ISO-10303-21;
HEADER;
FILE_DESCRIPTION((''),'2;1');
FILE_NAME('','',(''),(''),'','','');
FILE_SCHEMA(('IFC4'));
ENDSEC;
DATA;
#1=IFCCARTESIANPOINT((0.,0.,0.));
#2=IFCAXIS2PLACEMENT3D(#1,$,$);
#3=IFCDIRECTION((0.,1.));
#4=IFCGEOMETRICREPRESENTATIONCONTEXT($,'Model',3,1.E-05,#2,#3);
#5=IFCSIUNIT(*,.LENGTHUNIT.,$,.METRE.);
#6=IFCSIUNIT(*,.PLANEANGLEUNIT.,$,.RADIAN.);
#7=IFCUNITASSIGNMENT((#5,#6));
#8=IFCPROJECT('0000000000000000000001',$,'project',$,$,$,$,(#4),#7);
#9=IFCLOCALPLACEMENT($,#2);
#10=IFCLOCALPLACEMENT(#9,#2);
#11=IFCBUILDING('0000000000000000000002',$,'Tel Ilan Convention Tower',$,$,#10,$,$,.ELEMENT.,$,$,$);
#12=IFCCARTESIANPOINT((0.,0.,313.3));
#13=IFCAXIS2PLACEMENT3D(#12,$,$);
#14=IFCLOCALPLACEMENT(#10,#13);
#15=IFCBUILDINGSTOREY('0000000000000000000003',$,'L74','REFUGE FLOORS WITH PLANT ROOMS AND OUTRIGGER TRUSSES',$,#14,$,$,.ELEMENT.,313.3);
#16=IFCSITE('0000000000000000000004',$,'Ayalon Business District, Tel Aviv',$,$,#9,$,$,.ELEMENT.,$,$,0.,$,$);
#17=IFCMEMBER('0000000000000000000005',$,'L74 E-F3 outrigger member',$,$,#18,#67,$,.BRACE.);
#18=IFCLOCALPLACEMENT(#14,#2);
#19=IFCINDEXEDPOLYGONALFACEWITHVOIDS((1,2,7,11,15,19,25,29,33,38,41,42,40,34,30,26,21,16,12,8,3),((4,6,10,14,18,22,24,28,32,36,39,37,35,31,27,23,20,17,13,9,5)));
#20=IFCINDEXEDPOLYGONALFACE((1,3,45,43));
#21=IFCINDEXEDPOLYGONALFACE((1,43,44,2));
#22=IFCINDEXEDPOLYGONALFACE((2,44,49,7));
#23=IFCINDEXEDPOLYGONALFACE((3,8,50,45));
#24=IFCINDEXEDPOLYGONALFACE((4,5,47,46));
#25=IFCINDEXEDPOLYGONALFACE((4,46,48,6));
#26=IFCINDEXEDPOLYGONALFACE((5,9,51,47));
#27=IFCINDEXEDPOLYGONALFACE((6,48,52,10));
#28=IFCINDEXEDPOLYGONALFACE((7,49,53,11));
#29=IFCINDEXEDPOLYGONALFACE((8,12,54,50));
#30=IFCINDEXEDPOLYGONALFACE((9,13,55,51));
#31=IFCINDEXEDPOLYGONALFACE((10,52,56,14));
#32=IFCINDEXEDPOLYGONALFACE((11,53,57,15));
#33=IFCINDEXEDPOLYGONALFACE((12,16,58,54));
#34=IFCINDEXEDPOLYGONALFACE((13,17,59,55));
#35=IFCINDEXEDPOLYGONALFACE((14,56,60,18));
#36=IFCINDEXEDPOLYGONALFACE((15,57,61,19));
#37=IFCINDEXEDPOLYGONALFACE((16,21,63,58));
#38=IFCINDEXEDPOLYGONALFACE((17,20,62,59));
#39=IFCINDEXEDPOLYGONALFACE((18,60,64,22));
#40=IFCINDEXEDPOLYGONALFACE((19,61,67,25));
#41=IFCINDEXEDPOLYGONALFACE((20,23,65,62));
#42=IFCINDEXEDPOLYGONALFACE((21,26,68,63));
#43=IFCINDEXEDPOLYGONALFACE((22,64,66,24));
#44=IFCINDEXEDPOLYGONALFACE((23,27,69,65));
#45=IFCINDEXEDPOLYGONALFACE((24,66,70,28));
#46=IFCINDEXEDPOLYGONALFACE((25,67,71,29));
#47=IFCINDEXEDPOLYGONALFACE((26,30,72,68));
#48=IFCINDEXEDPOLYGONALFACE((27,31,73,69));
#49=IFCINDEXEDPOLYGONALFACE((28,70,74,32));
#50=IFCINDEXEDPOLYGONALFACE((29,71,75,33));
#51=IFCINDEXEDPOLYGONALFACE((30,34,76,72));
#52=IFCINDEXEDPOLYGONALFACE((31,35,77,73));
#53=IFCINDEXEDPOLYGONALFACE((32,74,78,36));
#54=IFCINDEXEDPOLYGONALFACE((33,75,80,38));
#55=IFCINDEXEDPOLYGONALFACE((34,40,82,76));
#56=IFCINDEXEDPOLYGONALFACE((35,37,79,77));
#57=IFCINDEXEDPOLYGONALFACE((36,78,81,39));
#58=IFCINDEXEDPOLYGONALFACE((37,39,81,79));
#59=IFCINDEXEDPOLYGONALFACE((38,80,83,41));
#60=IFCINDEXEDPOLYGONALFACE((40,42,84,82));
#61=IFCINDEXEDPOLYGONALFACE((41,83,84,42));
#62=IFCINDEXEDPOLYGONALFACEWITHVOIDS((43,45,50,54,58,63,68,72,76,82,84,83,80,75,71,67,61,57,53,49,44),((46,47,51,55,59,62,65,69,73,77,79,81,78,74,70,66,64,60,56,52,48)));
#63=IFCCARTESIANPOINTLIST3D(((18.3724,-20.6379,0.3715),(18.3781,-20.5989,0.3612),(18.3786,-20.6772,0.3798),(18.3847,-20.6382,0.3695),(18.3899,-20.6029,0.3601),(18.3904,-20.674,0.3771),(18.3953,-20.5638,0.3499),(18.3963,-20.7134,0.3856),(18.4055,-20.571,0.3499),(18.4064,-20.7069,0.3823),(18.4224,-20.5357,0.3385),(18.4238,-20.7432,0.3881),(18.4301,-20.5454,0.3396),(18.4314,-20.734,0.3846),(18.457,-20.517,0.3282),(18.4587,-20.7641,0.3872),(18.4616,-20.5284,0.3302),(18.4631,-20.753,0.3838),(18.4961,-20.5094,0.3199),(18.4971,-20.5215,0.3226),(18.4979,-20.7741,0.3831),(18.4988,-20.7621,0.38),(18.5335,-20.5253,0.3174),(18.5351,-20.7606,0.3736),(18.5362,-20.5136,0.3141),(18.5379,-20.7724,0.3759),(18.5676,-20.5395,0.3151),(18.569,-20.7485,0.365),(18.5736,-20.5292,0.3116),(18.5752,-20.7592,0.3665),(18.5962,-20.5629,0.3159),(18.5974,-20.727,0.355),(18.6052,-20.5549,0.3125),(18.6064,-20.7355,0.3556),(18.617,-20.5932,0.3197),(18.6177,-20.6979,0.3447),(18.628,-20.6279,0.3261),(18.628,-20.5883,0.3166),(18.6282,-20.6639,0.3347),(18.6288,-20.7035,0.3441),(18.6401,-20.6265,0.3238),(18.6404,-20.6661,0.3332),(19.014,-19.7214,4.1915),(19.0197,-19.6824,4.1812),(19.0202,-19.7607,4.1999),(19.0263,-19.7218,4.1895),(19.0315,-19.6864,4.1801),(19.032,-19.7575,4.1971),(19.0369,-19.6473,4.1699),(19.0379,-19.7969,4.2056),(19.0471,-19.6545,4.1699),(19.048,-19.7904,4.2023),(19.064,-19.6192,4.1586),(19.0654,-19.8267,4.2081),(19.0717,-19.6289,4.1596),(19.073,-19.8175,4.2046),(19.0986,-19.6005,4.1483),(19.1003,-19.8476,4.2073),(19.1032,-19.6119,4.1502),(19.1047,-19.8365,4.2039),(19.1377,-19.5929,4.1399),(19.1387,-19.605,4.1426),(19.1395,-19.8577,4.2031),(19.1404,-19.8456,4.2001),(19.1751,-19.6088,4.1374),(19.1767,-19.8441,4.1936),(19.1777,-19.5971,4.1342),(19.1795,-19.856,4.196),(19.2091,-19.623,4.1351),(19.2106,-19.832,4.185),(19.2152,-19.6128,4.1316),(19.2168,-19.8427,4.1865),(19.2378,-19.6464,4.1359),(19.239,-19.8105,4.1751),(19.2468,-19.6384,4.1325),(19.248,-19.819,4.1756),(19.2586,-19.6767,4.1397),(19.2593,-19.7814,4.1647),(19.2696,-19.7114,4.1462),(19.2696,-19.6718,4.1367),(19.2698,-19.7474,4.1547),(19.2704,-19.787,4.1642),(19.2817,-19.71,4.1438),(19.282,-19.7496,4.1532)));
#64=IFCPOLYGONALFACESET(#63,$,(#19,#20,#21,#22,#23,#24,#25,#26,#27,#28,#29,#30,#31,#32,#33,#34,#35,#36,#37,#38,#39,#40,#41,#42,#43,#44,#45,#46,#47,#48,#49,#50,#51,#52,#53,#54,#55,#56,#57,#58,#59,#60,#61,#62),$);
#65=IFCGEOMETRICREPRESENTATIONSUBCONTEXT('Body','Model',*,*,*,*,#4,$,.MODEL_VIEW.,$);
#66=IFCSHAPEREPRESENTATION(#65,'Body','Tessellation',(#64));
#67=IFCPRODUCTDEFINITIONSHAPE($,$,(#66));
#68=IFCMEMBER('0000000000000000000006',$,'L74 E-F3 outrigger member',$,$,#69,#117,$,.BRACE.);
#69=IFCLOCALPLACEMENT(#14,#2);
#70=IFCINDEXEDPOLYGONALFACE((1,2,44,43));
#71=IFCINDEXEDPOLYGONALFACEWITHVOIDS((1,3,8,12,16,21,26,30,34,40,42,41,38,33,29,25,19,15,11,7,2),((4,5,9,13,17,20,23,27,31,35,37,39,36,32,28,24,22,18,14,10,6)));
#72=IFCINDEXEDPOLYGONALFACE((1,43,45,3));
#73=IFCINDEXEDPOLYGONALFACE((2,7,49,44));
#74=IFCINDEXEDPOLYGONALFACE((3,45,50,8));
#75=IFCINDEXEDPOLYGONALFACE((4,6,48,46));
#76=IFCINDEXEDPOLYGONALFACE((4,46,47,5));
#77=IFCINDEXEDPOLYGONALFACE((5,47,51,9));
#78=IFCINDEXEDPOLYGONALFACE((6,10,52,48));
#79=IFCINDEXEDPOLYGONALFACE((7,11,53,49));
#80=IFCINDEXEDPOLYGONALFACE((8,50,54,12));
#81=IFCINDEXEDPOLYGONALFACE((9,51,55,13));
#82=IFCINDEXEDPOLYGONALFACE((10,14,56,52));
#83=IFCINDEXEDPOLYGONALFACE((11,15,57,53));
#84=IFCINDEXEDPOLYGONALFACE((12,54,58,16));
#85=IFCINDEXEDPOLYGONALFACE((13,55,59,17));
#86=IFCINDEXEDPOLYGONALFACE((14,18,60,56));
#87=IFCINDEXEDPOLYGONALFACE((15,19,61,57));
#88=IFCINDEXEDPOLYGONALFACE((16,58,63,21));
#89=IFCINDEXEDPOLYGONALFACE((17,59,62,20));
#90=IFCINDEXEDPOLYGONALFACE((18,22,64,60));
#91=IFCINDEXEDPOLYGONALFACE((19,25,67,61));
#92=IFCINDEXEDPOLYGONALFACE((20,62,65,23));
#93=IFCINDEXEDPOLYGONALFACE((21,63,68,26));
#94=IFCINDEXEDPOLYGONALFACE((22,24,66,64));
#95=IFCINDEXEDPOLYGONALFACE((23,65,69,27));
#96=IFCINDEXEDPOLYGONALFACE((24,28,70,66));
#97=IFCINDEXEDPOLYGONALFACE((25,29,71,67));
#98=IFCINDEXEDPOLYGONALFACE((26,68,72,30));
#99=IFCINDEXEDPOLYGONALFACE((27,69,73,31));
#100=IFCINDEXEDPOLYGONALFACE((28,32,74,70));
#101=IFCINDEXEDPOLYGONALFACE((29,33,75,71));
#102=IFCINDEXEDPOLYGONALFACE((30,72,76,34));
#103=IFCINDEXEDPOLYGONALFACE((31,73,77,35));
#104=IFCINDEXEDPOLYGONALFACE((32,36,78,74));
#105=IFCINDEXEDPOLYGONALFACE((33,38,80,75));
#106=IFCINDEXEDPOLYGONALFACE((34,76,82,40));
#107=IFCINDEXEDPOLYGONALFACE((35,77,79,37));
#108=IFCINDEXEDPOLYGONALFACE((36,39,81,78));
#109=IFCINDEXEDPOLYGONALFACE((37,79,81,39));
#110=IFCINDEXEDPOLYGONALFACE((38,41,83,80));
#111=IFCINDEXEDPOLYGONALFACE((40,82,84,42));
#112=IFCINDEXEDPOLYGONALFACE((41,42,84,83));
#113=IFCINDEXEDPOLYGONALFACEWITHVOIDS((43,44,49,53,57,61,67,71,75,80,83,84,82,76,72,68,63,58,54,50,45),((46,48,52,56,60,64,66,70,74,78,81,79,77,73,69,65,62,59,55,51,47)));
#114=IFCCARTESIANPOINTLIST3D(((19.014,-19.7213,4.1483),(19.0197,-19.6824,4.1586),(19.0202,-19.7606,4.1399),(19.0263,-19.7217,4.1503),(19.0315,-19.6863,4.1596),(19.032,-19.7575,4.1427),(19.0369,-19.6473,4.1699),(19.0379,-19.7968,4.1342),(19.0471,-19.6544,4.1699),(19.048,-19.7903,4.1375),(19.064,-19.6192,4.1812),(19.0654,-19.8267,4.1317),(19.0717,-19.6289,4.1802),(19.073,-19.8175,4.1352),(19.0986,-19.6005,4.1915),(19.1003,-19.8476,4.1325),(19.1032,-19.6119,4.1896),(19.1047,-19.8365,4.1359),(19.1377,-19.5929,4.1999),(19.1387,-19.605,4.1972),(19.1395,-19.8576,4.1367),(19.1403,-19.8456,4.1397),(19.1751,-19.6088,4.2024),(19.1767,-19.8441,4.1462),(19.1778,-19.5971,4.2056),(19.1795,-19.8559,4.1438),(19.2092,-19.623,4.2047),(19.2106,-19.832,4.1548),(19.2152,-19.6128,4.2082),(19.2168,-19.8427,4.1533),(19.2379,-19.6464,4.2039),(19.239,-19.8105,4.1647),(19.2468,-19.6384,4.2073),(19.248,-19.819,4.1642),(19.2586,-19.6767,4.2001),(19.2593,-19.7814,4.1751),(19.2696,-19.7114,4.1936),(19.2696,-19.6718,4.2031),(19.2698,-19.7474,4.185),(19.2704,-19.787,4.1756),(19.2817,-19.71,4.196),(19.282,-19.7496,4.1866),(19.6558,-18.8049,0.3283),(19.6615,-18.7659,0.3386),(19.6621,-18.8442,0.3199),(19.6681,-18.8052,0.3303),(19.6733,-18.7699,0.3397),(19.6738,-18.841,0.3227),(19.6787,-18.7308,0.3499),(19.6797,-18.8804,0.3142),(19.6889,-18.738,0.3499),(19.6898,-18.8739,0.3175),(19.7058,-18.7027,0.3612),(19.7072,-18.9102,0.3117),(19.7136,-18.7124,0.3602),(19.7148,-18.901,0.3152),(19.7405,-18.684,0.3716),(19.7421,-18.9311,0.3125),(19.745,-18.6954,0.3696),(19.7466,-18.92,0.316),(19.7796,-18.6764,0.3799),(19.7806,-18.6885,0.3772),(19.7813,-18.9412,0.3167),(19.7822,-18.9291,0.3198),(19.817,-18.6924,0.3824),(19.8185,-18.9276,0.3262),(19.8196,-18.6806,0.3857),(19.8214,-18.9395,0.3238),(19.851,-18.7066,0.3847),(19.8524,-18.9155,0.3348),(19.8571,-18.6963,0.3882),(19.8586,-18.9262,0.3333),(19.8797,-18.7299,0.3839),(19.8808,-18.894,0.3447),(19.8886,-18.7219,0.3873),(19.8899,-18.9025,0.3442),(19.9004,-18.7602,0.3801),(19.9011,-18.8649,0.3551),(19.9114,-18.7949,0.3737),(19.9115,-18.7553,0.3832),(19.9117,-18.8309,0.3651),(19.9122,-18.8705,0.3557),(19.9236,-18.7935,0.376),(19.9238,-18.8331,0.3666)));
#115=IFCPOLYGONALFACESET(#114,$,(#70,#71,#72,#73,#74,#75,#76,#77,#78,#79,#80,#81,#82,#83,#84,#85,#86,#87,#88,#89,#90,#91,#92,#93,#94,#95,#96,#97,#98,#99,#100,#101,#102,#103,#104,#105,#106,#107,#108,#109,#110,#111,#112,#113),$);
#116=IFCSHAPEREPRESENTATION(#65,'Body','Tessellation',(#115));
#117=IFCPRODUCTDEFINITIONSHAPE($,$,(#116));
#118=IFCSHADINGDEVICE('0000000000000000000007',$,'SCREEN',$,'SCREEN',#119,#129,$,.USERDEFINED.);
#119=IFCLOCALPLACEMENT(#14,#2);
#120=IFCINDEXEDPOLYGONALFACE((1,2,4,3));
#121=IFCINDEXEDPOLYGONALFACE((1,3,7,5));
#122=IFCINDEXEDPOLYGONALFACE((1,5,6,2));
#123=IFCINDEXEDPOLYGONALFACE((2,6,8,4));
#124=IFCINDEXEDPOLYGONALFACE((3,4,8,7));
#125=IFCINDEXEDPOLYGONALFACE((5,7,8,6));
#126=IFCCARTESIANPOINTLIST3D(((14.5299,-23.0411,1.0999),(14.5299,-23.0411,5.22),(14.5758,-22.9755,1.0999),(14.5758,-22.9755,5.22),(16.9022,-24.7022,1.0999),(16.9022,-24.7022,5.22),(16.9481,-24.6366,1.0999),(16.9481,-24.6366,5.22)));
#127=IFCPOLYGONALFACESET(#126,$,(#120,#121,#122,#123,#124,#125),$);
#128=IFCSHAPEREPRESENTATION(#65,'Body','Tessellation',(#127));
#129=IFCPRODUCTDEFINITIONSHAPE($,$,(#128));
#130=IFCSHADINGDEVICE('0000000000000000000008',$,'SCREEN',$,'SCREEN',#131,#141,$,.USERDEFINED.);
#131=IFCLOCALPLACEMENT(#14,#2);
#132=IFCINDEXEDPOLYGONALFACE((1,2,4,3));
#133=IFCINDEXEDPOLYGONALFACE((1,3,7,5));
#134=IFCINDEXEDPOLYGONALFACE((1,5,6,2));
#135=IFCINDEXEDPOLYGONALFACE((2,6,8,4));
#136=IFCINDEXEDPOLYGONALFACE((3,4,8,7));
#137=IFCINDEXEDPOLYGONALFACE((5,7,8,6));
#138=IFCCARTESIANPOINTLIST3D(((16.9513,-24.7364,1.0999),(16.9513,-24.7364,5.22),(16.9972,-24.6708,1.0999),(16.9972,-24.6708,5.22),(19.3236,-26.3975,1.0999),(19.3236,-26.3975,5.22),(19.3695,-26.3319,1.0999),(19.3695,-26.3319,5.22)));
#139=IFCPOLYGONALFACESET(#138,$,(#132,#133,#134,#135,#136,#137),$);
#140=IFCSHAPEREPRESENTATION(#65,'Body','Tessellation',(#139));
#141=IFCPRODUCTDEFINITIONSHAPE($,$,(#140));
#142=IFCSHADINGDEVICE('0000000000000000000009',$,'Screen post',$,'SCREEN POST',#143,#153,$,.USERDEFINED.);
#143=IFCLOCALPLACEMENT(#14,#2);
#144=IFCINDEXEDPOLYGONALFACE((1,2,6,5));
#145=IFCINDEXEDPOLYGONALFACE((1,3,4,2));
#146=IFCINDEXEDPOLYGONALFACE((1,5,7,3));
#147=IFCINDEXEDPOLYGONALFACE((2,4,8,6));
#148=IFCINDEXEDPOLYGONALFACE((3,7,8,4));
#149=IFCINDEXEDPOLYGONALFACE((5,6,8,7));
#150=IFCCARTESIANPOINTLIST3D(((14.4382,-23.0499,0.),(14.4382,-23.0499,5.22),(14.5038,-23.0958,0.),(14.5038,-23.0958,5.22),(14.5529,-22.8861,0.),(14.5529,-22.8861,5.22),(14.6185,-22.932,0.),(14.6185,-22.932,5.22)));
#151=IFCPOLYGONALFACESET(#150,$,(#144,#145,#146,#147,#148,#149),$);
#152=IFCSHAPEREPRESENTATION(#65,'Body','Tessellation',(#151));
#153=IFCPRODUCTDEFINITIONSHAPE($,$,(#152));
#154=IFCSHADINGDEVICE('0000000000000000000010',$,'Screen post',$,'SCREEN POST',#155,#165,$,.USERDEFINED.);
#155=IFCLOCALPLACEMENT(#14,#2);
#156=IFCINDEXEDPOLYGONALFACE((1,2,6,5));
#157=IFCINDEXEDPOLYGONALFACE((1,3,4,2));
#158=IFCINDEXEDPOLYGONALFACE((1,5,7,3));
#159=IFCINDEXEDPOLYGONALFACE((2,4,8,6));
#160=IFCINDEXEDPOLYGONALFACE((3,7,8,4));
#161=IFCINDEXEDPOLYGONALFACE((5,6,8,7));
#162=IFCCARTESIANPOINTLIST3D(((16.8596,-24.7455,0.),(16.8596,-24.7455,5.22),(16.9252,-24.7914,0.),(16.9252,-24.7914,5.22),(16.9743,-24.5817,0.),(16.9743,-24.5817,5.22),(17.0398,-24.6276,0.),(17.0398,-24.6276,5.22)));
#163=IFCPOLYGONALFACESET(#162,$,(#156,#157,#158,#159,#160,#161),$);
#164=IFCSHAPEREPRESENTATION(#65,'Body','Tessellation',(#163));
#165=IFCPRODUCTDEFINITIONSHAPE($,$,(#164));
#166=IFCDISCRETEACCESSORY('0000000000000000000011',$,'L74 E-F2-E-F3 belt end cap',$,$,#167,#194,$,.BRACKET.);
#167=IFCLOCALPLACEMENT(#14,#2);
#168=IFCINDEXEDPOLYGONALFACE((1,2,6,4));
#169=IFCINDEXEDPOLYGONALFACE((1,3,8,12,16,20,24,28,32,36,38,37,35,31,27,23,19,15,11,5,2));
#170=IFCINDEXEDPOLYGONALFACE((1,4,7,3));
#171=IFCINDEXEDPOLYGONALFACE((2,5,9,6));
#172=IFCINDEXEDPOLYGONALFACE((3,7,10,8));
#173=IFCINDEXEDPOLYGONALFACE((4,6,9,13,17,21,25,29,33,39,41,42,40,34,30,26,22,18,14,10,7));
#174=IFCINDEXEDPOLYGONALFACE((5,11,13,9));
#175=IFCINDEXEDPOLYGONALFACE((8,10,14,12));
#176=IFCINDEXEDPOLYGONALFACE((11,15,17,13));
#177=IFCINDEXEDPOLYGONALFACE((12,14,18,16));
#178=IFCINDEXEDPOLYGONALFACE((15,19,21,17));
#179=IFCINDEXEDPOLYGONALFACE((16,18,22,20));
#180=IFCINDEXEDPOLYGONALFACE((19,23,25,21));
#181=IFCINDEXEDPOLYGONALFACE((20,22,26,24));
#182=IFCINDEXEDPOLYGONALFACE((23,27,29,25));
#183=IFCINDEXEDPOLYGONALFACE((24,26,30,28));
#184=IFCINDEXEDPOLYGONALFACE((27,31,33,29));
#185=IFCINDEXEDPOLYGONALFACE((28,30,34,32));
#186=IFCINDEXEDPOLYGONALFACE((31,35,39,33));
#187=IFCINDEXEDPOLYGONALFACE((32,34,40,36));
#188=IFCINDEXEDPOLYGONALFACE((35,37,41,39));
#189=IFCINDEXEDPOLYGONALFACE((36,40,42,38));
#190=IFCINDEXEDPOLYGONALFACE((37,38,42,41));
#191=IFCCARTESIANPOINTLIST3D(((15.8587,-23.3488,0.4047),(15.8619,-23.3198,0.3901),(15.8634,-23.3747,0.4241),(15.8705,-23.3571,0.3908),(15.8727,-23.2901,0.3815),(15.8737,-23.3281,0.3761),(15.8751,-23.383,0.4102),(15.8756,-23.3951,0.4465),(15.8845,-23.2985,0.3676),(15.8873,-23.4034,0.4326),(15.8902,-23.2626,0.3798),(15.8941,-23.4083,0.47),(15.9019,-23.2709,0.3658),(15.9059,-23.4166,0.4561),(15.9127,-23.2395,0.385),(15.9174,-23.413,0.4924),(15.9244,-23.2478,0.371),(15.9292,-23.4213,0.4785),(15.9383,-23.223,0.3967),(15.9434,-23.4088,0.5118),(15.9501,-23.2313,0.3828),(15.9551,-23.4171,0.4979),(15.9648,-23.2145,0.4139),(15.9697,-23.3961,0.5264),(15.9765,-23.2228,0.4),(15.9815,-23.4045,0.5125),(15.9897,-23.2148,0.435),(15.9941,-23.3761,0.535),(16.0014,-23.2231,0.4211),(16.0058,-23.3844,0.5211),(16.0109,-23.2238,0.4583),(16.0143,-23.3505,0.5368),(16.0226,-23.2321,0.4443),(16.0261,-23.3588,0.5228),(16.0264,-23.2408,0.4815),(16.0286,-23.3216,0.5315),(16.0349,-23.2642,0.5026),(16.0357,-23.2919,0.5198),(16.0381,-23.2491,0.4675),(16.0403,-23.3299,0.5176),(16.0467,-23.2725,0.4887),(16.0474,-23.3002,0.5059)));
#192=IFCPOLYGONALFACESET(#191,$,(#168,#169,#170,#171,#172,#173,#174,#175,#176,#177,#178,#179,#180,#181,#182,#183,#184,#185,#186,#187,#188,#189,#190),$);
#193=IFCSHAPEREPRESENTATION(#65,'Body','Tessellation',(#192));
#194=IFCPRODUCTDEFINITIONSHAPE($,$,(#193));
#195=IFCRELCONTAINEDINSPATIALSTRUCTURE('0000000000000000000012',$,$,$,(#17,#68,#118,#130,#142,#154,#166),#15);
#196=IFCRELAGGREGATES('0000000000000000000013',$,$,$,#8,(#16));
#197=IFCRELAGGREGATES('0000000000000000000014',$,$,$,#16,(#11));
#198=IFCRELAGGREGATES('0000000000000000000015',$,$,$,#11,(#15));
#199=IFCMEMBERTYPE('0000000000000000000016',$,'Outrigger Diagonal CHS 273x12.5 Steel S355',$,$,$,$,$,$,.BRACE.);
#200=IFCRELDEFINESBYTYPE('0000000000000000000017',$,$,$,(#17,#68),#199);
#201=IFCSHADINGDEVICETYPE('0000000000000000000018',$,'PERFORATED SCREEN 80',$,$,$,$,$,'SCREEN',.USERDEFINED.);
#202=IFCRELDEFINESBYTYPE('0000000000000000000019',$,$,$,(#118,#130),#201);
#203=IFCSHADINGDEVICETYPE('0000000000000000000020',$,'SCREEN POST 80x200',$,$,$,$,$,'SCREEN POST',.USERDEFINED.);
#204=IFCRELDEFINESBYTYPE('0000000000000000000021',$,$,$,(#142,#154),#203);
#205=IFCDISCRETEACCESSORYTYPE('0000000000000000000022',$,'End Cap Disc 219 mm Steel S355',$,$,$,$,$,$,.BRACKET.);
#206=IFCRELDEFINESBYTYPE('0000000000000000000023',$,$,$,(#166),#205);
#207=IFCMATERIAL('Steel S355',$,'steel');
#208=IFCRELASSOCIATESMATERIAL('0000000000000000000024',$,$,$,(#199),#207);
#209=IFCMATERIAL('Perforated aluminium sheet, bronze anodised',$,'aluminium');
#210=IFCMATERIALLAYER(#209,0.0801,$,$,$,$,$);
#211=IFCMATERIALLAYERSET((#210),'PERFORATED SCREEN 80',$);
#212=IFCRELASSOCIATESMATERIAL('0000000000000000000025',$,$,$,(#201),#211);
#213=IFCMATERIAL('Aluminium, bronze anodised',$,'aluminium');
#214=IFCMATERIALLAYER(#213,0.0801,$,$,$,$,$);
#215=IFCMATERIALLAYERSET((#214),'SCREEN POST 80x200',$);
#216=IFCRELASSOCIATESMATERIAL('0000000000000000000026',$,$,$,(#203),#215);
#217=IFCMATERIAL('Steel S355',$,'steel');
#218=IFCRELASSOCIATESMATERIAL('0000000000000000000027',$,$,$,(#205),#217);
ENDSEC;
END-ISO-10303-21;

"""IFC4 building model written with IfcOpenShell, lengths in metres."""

from ifc_helpers import new_model, si_unit, direction, frame, origin, origin_2d, place, context, subcontext, project, spatial, rectangle, circle, hollow_circle, extrude, material, layer, layer_set, material_profile, profile_set, type_object, element, save


model = new_model("IFC4")

# Units and contexts
model_context = context("Model", 3, precision=1e-05, world=origin(), true_north=direction((0.0, 1.0)))
body_context = subcontext(model_context, "Body", "Model", "MODEL_VIEW")
ifc_project = project(units=[si_unit("LENGTHUNIT", "METRE"), si_unit("PLANEANGLEUNIT", "RADIAN")], contexts=[model_context])

# Site, building, storey
site_placement = place(None, origin())
site = spatial("IfcSite", under=ifc_project, at=site_placement, Name="Ayalon Business District, Tel Aviv", CompositionType="ELEMENT", RefElevation=0.0)
building_placement = place(site_placement, origin())
building = spatial("IfcBuilding", under=site, at=building_placement, Name="Tel Ilan Convention Tower", CompositionType="ELEMENT")
storey_placement = place(building_placement, frame((0.0, 0.0, 313.3)))
storey = spatial("IfcBuildingStorey", under=building, at=storey_placement, Name="L74", Description="REFUGE FLOORS WITH PLANT ROOMS AND OUTRIGGER TRUSSES", CompositionType="ELEMENT", Elevation=313.3)

# Members
ifc_material_1 = material(Name="Steel S355", Category="steel")
ifc_material_profile_1 = material_profile(ifc_material_1, hollow_circle(Radius=0.1365, WallThickness=0.0125, at=origin_2d()), Name="CHS 273x12.5")
ifc_profile_set_1 = profile_set([ifc_material_profile_1], Name="Steel S355")
member_type_1 = type_object("IfcMemberType", Name="Outrigger Diagonal CHS 273x12.5 Steel S355", PredefinedType="BRACE", material=ifc_profile_set_1)
for number, where, z_axis, x_axis, name in (
    (1, (18.5071, -20.6421, 0.3499), (0.161185, 0.230247, 0.95969), (-0.819211, 0.573492, 0.0), "L74 E-F3 outrigger member"),
    (2, (19.1487, -19.7256, 4.1699), (0.161245, 0.230245, -0.959681), (-0.819109, 0.573638, 0.0), "L74 E-F3 outrigger member"),
):
    element("IfcMember", number, at=place(storey_placement, frame(where, z_axis=z_axis, x_axis=x_axis)), inside=storey, type_object=member_type_1, Name=name, PredefinedType="BRACE", context=body_context, shape_type="SweptSolid", body=[
        extrude(hollow_circle(Radius=0.1365, WallThickness=0.0125, at=origin_2d()), origin(), (0.0, 0.0, 1.0), 3.9805),
    ])

# Shading devices
ifc_material_2 = material(Name="Perforated aluminium sheet, bronze anodised", Category="aluminium")
ifc_layer_1 = layer(ifc_material_2, 0.0801)
ifc_layer_set_1 = layer_set([ifc_layer_1], Name="PERFORATED SCREEN 80")
shading_device_type_1 = type_object("IfcShadingDeviceType", Name="PERFORATED SCREEN 80", ElementType="SCREEN", PredefinedType="USERDEFINED", material=ifc_layer_set_1)
for number, where, z_axis, x_axis, name in (
    (3, (15.739, -23.8389, 1.0999), (0.0, 0.0, 1.0), (0.819152, -0.573576, 0.0), "SCREEN"),
    (4, (18.1604, -25.5342, 1.0999), (0.0, 0.0, 1.0), (0.819152, -0.573576, 0.0), "SCREEN"),
):
    element("IfcShadingDevice", number, at=place(storey_placement, frame(where, z_axis=z_axis, x_axis=x_axis)), inside=storey, type_object=shading_device_type_1, Name=name, ObjectType="SCREEN", PredefinedType="USERDEFINED", context=body_context, shape_type="SweptSolid", body=[
        extrude(rectangle(XDim=2.896, YDim=0.0801, at=origin_2d()), origin(), (0.0, 0.0, 1.0), 4.1201),
    ])
ifc_material_3 = material(Name="Aluminium, bronze anodised", Category="aluminium")
ifc_layer_2 = layer(ifc_material_3, 0.0801)
ifc_layer_set_2 = layer_set([ifc_layer_2], Name="SCREEN POST 80x200")
shading_device_type_2 = type_object("IfcShadingDeviceType", Name="SCREEN POST 80x200", ElementType="SCREEN POST", PredefinedType="USERDEFINED", material=ifc_layer_set_2)
for number, where, z_axis, x_axis, name in (
    (5, (14.5283, -22.991, 0.0), (0.0, 0.0, 1.0), (0.819152, -0.573576, 0.0), "Screen post"),
    (6, (16.9497, -24.6865, 0.0), (0.0, 0.0, 1.0), (0.819152, -0.573576, 0.0), "Screen post"),
):
    element("IfcShadingDevice", number, at=place(storey_placement, frame(where, z_axis=z_axis, x_axis=x_axis)), inside=storey, type_object=shading_device_type_2, Name=name, ObjectType="SCREEN POST", PredefinedType="USERDEFINED", context=body_context, shape_type="SweptSolid", body=[
        extrude(rectangle(XDim=0.0801, YDim=0.2, at=origin_2d()), origin(), (0.0, 0.0, 1.0), 5.22),
    ])

# Discrete accessory
ifc_material_4 = material(Name="Steel S355", Category="steel")
ifc_material_profile_2 = material_profile(ifc_material_4, circle(Radius=0.1096, at=origin_2d()), Name="End Cap Disc 219 mm Steel S355")
ifc_profile_set_2 = profile_set([ifc_material_profile_2], Name="Steel S355")
discrete_accessory_type_1 = type_object("IfcDiscreteAccessoryType", Name="End Cap Disc 219 mm Steel S355", PredefinedType="BRACKET", material=ifc_profile_set_2)
for number, where, z_axis, x_axis, name in (
    (7, (15.9475, -23.3132, 0.4583), (0.58602, -0.415097, -0.695899), (0.578017, 0.816024, 0.0), "L74 E-F2-E-F3 belt end cap"),
):
    element("IfcDiscreteAccessory", number, at=place(storey_placement, frame(where, z_axis=z_axis, x_axis=x_axis)), inside=storey, type_object=discrete_accessory_type_1, Name=name, PredefinedType="BRACKET", context=body_context, shape_type="SweptSolid", body=[
        extrude(circle(Radius=0.1096, at=origin_2d()), origin(), (0.0, 0.0, 1.0), 0.02),
    ])

save(model, "model.ifc")
